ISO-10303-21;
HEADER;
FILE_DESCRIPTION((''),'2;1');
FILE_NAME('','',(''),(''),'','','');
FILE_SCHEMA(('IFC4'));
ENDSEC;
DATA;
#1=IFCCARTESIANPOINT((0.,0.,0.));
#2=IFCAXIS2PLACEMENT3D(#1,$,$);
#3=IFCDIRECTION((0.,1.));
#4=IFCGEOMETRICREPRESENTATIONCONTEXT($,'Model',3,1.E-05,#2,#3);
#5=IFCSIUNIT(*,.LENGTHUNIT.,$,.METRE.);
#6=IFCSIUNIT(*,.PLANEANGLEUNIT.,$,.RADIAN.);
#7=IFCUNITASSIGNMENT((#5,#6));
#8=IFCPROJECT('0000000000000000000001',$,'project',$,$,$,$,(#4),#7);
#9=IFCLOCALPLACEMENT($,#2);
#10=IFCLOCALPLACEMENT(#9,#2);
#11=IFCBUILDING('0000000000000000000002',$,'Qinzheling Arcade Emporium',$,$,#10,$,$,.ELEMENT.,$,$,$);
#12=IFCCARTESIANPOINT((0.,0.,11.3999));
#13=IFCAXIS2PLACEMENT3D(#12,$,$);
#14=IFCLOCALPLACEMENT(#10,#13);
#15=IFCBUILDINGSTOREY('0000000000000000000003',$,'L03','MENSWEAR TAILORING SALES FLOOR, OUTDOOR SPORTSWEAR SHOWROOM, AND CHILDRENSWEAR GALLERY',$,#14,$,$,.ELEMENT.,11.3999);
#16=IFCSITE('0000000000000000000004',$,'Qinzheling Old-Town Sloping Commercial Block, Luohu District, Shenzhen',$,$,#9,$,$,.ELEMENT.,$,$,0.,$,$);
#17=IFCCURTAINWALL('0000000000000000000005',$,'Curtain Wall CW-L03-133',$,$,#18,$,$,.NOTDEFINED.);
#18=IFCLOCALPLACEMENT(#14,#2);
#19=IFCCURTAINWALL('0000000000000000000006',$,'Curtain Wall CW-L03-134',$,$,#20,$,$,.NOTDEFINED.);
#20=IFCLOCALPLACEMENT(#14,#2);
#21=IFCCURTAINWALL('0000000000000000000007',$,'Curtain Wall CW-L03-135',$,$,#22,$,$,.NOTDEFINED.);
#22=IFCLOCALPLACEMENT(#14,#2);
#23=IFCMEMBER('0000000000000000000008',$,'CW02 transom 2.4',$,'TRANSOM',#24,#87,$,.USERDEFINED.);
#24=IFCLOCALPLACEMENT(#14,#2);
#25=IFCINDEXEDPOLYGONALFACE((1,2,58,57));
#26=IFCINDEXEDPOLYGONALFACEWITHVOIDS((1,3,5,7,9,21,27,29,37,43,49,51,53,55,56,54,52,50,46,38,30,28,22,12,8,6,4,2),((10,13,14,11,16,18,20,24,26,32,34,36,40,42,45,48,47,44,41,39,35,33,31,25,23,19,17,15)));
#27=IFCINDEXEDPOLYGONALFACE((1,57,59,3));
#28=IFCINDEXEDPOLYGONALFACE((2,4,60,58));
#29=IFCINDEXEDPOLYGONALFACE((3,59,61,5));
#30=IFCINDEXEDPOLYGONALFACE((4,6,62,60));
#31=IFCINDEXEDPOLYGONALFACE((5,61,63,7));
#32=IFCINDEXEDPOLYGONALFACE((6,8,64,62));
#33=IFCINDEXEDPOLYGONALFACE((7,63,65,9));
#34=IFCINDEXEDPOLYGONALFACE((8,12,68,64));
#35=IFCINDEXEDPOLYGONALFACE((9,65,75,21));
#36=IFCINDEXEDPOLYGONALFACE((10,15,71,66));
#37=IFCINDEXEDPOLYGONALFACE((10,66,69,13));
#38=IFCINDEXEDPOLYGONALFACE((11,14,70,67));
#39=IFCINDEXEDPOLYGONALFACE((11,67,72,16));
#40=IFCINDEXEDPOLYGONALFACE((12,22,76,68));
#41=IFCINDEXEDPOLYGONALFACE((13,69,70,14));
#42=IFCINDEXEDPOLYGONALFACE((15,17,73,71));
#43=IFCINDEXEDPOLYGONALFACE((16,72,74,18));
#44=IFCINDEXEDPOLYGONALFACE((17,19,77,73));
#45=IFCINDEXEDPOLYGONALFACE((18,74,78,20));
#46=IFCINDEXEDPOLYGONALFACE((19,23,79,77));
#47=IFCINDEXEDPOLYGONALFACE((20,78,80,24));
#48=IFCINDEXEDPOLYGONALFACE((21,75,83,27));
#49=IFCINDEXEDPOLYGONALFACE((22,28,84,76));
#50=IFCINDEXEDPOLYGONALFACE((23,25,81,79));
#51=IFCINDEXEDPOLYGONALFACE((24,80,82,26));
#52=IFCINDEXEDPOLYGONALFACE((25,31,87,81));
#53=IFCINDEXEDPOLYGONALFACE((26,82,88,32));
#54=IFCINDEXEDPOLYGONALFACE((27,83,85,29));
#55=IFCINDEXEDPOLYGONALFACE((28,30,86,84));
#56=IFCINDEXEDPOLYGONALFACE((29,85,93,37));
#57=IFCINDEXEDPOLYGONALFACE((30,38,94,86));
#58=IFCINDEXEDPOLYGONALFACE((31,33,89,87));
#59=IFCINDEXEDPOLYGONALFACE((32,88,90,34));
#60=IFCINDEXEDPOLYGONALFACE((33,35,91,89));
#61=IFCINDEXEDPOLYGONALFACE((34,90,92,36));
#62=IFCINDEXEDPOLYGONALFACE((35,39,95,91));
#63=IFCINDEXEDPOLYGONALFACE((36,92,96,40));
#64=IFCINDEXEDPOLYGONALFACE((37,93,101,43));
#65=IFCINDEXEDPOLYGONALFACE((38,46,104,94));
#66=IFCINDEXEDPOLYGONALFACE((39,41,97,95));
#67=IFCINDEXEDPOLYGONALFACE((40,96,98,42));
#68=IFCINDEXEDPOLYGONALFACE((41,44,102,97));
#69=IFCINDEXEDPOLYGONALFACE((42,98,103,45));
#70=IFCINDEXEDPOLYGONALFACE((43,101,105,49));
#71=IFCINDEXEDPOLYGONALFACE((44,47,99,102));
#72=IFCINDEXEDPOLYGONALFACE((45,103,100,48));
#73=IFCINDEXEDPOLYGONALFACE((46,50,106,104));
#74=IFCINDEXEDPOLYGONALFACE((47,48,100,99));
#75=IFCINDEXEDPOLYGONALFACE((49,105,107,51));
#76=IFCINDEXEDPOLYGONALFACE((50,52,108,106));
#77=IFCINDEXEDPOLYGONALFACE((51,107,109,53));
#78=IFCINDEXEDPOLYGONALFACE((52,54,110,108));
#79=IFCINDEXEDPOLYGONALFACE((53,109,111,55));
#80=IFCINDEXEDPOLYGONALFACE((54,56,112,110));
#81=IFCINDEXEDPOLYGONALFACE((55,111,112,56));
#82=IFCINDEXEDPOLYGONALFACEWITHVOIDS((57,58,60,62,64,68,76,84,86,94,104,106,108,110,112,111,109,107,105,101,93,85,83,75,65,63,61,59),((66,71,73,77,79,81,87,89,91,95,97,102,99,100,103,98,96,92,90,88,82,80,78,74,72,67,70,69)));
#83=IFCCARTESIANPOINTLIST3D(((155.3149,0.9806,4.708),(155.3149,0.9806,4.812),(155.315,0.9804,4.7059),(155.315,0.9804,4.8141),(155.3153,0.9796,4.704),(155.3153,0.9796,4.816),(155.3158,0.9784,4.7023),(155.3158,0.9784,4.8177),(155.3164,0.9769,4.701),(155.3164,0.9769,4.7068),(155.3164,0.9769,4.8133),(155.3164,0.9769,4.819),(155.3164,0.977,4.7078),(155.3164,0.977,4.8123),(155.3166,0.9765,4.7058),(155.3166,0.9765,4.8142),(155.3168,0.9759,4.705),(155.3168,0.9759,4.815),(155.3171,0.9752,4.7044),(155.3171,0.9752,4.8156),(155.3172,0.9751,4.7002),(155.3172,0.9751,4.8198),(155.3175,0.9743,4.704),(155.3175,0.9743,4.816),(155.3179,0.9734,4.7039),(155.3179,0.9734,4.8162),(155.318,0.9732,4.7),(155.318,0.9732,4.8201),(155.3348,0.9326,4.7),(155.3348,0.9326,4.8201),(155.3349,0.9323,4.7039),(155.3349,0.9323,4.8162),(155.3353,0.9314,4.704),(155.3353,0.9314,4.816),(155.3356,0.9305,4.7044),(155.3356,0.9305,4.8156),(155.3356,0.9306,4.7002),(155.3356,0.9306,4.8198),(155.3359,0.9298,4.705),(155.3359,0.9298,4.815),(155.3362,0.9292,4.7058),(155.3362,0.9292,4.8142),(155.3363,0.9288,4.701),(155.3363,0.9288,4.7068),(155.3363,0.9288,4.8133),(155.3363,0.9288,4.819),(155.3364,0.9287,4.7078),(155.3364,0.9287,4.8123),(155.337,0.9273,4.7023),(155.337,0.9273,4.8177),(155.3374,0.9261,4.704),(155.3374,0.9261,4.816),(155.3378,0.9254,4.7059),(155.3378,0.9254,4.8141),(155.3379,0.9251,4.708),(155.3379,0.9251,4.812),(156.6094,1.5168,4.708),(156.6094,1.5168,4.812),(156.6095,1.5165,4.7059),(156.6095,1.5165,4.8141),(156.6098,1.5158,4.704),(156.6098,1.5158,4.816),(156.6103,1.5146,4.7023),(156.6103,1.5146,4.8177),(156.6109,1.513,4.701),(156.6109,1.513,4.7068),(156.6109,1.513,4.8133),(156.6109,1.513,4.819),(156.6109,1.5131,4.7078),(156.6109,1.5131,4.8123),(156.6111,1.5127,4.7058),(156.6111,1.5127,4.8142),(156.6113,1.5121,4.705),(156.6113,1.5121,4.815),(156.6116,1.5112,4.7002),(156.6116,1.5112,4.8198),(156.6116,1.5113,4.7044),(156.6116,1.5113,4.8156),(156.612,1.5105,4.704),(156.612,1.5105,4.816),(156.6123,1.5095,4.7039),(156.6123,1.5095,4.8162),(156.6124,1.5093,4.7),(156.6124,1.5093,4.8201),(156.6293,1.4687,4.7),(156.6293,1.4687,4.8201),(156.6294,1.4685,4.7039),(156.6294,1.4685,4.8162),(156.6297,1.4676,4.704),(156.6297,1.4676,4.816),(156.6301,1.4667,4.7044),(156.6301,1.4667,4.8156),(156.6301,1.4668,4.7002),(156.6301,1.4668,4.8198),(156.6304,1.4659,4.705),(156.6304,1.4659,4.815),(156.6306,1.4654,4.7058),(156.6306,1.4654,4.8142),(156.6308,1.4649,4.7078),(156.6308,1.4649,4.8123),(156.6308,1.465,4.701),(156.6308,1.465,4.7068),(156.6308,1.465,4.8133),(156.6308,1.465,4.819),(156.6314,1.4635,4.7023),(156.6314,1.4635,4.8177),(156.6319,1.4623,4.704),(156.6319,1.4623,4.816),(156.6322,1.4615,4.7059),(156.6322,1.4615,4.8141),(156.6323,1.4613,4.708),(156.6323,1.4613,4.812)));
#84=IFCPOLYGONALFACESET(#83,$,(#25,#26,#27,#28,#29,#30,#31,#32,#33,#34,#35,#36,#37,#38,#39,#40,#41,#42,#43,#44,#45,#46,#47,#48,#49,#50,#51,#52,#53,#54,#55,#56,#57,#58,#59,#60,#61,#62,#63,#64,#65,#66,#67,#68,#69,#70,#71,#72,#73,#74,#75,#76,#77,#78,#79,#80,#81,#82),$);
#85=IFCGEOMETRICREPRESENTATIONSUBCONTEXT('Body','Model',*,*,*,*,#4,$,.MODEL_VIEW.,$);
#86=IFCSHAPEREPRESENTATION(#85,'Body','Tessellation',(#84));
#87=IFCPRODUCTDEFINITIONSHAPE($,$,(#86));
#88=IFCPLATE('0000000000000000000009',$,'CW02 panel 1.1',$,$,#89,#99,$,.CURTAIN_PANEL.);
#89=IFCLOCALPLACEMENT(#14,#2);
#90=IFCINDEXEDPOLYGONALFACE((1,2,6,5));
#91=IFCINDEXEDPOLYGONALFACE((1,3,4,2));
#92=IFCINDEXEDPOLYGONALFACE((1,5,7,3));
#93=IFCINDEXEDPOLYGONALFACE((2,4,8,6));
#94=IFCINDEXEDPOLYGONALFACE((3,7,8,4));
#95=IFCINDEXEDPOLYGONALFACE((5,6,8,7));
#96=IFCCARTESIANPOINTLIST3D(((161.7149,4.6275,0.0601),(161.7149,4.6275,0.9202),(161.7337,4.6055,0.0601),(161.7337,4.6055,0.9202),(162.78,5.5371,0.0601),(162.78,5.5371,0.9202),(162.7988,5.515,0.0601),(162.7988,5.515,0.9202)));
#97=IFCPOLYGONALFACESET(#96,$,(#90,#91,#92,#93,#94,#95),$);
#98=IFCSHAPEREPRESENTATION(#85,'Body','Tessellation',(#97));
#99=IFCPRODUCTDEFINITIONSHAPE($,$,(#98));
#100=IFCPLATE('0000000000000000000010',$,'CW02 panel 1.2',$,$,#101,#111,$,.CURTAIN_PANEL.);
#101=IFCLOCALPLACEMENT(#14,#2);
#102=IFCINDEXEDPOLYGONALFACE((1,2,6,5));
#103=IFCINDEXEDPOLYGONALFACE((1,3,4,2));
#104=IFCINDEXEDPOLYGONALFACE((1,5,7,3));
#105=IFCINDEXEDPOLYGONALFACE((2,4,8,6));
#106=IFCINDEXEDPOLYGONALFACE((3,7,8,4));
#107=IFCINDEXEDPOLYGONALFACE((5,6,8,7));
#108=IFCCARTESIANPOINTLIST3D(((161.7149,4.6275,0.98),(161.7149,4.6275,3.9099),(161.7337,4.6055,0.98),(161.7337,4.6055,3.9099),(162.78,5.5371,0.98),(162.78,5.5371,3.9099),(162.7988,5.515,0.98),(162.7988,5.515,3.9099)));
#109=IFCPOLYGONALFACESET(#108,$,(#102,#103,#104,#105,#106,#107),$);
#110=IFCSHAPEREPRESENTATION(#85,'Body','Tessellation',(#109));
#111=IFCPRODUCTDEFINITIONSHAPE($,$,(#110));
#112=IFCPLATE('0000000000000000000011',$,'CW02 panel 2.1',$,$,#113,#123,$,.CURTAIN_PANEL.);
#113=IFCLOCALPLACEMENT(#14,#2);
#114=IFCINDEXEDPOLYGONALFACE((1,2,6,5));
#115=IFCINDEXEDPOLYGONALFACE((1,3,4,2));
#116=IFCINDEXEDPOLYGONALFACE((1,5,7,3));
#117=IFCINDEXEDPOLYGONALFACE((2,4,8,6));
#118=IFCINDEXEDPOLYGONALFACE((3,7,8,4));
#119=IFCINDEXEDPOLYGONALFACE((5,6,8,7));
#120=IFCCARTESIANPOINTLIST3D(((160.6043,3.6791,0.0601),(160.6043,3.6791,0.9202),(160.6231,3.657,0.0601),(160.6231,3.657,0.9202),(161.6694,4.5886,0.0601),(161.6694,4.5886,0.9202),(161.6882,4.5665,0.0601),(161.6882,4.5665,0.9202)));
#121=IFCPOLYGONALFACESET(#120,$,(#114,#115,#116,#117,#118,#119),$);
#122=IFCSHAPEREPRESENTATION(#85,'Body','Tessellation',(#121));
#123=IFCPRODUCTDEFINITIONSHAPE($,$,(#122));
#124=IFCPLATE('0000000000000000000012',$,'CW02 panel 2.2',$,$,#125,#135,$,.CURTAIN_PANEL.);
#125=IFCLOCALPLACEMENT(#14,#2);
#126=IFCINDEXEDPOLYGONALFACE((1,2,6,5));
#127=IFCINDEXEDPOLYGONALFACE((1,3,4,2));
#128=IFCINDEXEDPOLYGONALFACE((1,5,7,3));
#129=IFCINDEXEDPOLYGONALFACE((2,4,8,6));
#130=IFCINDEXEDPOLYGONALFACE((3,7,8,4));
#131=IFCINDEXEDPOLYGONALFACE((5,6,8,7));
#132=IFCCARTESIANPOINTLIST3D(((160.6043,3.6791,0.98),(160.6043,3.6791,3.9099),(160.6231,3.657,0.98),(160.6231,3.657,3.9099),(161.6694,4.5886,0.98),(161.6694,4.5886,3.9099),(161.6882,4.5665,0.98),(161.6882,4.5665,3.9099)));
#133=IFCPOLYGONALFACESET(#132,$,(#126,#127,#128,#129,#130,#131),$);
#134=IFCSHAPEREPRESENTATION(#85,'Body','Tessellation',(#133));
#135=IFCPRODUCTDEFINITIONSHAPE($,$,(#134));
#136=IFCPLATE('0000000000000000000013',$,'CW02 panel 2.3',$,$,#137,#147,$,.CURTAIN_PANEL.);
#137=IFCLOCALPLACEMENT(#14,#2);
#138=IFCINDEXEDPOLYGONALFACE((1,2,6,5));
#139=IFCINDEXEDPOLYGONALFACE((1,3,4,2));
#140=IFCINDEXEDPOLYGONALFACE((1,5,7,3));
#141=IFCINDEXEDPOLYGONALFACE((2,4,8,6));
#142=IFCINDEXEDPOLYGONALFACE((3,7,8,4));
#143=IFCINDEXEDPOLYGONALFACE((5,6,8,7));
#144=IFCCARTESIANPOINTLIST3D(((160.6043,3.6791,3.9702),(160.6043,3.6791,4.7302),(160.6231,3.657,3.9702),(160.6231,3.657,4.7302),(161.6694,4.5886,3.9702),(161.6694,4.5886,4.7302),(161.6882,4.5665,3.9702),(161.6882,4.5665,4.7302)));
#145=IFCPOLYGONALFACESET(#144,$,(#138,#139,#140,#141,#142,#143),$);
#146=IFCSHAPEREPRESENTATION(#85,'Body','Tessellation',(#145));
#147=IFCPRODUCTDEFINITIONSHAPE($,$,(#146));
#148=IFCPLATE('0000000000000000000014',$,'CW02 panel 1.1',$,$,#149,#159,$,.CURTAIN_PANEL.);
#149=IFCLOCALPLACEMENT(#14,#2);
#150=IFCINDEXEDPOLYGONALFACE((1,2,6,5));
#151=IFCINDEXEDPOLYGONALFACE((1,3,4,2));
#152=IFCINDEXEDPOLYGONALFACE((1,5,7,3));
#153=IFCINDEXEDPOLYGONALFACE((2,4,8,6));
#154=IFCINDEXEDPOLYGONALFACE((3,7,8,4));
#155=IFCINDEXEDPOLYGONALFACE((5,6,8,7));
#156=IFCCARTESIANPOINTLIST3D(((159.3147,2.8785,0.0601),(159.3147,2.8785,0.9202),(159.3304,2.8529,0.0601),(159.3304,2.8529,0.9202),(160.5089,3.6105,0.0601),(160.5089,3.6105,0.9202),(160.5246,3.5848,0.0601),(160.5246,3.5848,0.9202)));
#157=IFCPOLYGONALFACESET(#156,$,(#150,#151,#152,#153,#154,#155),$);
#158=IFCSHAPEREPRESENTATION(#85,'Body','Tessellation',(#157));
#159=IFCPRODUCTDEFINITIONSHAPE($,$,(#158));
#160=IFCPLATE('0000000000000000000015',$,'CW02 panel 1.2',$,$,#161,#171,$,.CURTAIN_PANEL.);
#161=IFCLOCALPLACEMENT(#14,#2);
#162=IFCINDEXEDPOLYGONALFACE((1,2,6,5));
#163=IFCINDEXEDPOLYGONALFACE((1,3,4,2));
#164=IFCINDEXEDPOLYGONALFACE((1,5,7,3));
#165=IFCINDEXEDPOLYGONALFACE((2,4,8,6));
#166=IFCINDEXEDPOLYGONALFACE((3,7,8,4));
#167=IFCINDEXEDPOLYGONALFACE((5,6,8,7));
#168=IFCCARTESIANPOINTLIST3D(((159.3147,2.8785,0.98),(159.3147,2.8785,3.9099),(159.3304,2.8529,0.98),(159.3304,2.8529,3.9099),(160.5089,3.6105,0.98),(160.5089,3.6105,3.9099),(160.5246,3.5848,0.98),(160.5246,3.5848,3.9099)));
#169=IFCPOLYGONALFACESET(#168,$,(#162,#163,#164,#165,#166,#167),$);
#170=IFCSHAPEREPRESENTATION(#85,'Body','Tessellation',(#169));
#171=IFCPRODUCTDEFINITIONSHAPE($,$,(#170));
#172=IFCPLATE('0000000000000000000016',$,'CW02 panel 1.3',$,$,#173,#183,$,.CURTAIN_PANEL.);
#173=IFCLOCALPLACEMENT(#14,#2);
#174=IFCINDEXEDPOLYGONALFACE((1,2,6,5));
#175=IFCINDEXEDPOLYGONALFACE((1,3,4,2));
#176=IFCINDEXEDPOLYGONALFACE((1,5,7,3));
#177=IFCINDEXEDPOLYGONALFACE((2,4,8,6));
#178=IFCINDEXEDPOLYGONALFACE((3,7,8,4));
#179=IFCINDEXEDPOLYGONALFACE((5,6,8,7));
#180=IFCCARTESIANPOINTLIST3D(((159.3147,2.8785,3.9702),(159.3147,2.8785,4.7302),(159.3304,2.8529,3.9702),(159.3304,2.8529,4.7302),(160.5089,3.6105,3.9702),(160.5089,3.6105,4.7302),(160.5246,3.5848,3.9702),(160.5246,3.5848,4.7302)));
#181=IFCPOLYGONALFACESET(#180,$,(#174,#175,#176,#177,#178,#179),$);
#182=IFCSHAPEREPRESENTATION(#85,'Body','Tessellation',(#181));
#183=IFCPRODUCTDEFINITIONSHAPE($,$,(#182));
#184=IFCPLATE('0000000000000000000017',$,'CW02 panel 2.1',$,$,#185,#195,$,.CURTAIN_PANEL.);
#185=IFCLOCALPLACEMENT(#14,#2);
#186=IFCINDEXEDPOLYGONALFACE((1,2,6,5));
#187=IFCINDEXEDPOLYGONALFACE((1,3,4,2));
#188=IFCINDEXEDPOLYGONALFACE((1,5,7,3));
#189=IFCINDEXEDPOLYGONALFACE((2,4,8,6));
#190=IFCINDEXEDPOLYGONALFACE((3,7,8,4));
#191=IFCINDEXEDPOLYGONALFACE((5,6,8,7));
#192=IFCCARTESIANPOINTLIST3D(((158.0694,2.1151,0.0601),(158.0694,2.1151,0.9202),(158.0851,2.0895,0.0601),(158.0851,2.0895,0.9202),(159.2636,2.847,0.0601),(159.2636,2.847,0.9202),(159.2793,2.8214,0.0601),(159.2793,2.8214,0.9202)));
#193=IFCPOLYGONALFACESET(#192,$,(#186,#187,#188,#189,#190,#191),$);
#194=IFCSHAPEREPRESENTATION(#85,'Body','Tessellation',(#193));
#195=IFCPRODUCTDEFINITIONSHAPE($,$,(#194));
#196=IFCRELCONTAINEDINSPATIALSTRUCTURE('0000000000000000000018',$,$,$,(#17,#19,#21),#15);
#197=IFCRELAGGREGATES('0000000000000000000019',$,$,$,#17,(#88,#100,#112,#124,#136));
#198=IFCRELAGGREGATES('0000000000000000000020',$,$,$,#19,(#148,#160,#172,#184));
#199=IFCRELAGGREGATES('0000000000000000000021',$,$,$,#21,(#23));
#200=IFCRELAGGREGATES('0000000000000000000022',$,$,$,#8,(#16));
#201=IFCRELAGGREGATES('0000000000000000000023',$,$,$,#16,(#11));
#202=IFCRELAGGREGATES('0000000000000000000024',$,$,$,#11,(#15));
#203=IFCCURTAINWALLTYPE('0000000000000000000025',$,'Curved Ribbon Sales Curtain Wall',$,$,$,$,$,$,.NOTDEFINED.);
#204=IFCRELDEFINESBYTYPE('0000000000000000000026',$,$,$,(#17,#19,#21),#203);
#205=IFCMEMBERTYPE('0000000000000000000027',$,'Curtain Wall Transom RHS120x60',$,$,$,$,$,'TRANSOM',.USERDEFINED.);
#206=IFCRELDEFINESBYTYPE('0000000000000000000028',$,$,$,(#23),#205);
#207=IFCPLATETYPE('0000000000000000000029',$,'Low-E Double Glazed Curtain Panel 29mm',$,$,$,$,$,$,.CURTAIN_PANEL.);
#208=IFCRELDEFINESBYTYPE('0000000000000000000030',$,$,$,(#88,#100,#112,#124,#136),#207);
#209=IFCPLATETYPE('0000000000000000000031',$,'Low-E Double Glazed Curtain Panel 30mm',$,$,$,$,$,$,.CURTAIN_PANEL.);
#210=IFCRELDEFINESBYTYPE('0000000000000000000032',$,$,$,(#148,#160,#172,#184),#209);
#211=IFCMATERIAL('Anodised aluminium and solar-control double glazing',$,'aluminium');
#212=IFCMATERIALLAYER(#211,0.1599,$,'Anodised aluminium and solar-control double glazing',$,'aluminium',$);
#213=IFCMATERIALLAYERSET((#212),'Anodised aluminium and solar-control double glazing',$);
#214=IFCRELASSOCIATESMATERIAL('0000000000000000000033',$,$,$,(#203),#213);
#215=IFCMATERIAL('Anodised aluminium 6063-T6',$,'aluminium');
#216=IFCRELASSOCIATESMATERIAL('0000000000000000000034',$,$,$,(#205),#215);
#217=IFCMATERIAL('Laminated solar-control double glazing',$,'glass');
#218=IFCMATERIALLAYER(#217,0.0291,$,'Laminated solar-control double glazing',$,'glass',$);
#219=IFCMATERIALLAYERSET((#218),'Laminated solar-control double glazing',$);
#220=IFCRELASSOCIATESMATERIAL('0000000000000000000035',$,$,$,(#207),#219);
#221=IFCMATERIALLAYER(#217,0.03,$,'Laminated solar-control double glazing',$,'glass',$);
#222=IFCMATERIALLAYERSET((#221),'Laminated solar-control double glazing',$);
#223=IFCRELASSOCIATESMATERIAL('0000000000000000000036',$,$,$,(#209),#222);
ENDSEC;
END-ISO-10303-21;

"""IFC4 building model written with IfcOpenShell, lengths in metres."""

from ifc_helpers import new_model, si_unit, direction, frame, origin, origin_2d, place, context, subcontext, project, spatial, rectangle, hollow_rectangle, extrude, material, layer, layer_set, material_profile, profile_set, type_object, element, aggregate, save


model = new_model("IFC4")

# Units and contexts
model_context = context("Model", 3, precision=1e-05, world=origin(), true_north=direction((0.0, 1.0)))
body_context = subcontext(model_context, "Body", "Model", "MODEL_VIEW")
ifc_project = project(units=[si_unit("LENGTHUNIT", "METRE"), si_unit("PLANEANGLEUNIT", "RADIAN")], contexts=[model_context])

# Site, building, storey
site_placement = place(None, origin())
site = spatial("IfcSite", under=ifc_project, at=site_placement, Name="Qinzheling Old-Town Sloping Commercial Block, Luohu District, Shenzhen", CompositionType="ELEMENT", RefElevation=0.0)
building_placement = place(site_placement, origin())
building = spatial("IfcBuilding", under=site, at=building_placement, Name="Qinzheling Arcade Emporium", CompositionType="ELEMENT")
storey_placement = place(building_placement, frame((0.0, 0.0, 11.3999)))
storey = spatial("IfcBuildingStorey", under=building, at=storey_placement, Name="L03", Description="MENSWEAR TAILORING SALES FLOOR, OUTDOOR SPORTSWEAR SHOWROOM, AND CHILDRENSWEAR GALLERY", CompositionType="ELEMENT", Elevation=11.3999)

# Curtain walls
ifc_material_1 = material(Name="Anodised aluminium and solar-control double glazing", Category="aluminium")
ifc_layer_1 = layer(ifc_material_1, 0.1599, Name="Anodised aluminium and solar-control double glazing", Category="aluminium")
ifc_layer_set_1 = layer_set([ifc_layer_1], Name="Anodised aluminium and solar-control double glazing")
curtain_wall_type = type_object("IfcCurtainWallType", Name="Curved Ribbon Sales Curtain Wall", PredefinedType="NOTDEFINED", material=ifc_layer_set_1)
curtain_wall_1_placement = place(storey_placement, origin())
curtain_wall_1 = element("IfcCurtainWall", 1, at=curtain_wall_1_placement, inside=storey, type_object=curtain_wall_type, Name="Curtain Wall CW-L03-133", PredefinedType="NOTDEFINED")
ifc_material_2 = material(Name="Anodised aluminium 6063-T6", Category="aluminium")
curtain_wall_2_placement = place(storey_placement, origin())
curtain_wall_2 = element("IfcCurtainWall", 2, at=curtain_wall_2_placement, inside=storey, type_object=curtain_wall_type, Name="Curtain Wall CW-L03-134", PredefinedType="NOTDEFINED")
curtain_wall_3_placement = place(storey_placement, origin())
curtain_wall_3 = element("IfcCurtainWall", 3, at=curtain_wall_3_placement, inside=storey, type_object=curtain_wall_type, Name="Curtain Wall CW-L03-135", PredefinedType="NOTDEFINED")

# Member
ifc_material_profile_1 = material_profile(ifc_material_2, hollow_rectangle(XDim=0.0601, YDim=0.1201, WallThickness=0.0039, InnerFilletRadius=0.0039, OuterFilletRadius=0.0081, at=origin_2d()), Name="RHS 120x60x4", Category="aluminium")
ifc_profile_set_1 = profile_set([ifc_material_profile_1], Name="Anodised aluminium 6063-T6")
member_type_1 = type_object("IfcMemberType", Name="Curtain Wall Transom RHS120x60", ElementType="TRANSOM", PredefinedType="USERDEFINED", material=ifc_profile_set_1)
member_1_placement = place(storey_placement, frame((156.6208, 1.489, 4.76), z_axis=(-0.923889, -0.38266, 0.0), x_axis=(0.38266, -0.923889, 0.0)))
member_1 = element("IfcMember", 4, at=member_1_placement, type_object=member_type_1, Name="CW02 transom 2.4", ObjectType="TRANSOM", PredefinedType="USERDEFINED", context=body_context, shape_type="SweptSolid", body=[
    extrude(hollow_rectangle(XDim=0.0601, YDim=0.1201, WallThickness=0.0039, InnerFilletRadius=0.0039, OuterFilletRadius=0.0081, at=origin_2d()), origin(), (0.0, 0.0, 1.0), 1.4011),
])

# Plates
ifc_material_3 = material(Name="Laminated solar-control double glazing", Category="glass")
ifc_layer_2 = layer(ifc_material_3, 0.0291, Name="Laminated solar-control double glazing", Category="glass")
ifc_layer_set_2 = layer_set([ifc_layer_2], Name="Laminated solar-control double glazing")
plate_type_1 = type_object("IfcPlateType", Name="Low-E Double Glazed Curtain Panel 29mm", PredefinedType="CURTAIN_PANEL", material=ifc_layer_set_2)
plate_1_placement = place(storey_placement, frame((162.2568, 5.0713, 0.0601), z_axis=(0.0, 0.0, 1.0), x_axis=(-0.760439, -0.649409, 0.0)))
plate_1 = element("IfcPlate", 5, at=plate_1_placement, type_object=plate_type_1, Name="CW02 panel 1.1", PredefinedType="CURTAIN_PANEL", context=body_context, shape_type="SweptSolid", body=[
    extrude(rectangle(XDim=1.4006, YDim=0.0291, at=origin_2d()), origin(), (0.0, 0.0, 1.0), 0.8601),
])
plate_2_placement = place(storey_placement, frame((162.2568, 5.0713, 0.98), z_axis=(0.0, 0.0, 1.0), x_axis=(-0.760439, -0.649409, 0.0)))
plate_2 = element("IfcPlate", 6, at=plate_2_placement, type_object=plate_type_1, Name="CW02 panel 1.2", PredefinedType="CURTAIN_PANEL", context=body_context, shape_type="SweptSolid", body=[
    extrude(rectangle(XDim=1.4006, YDim=0.0291, at=origin_2d()), origin(), (0.0, 0.0, 1.0), 2.9299),
])
plate_3_placement = place(storey_placement, frame((161.1462, 4.1228, 0.0601), z_axis=(0.0, 0.0, 1.0), x_axis=(-0.760439, -0.649409, 0.0)))
plate_3 = element("IfcPlate", 7, at=plate_3_placement, type_object=plate_type_1, Name="CW02 panel 2.1", PredefinedType="CURTAIN_PANEL", context=body_context, shape_type="SweptSolid", body=[
    extrude(rectangle(XDim=1.4006, YDim=0.0291, at=origin_2d()), origin(), (0.0, 0.0, 1.0), 0.8601),
])
plate_4_placement = place(storey_placement, frame((161.1462, 4.1228, 0.98), z_axis=(0.0, 0.0, 1.0), x_axis=(-0.760439, -0.649409, 0.0)))
plate_4 = element("IfcPlate", 8, at=plate_4_placement, type_object=plate_type_1, Name="CW02 panel 2.2", PredefinedType="CURTAIN_PANEL", context=body_context, shape_type="SweptSolid", body=[
    extrude(rectangle(XDim=1.4006, YDim=0.0291, at=origin_2d()), origin(), (0.0, 0.0, 1.0), 2.9299),
])
plate_5_placement = place(storey_placement, frame((161.1462, 4.1228, 3.9702), z_axis=(0.0, 0.0, 1.0), x_axis=(-0.760439, -0.649409, 0.0)))
plate_5 = element("IfcPlate", 9, at=plate_5_placement, type_object=plate_type_1, Name="CW02 panel 2.3", PredefinedType="CURTAIN_PANEL", context=body_context, shape_type="SweptSolid", body=[
    extrude(rectangle(XDim=1.4006, YDim=0.0291, at=origin_2d()), origin(), (0.0, 0.0, 1.0), 0.76),
])
aggregate(curtain_wall_1, [plate_1, plate_2, plate_3, plate_4, plate_5])
ifc_layer_3 = layer(ifc_material_3, 0.03, Name="Laminated solar-control double glazing", Category="glass")
ifc_layer_set_3 = layer_set([ifc_layer_3], Name="Laminated solar-control double glazing")
plate_type_2 = type_object("IfcPlateType", Name="Low-E Double Glazed Curtain Panel 30mm", PredefinedType="CURTAIN_PANEL", material=ifc_layer_set_3)
plate_6_placement = place(storey_placement, frame((159.9197, 3.2317, 0.0601), z_axis=(0.0, 0.0, 1.0), x_axis=(-0.852601, -0.522562, 0.0)))
plate_6 = element("IfcPlate", 10, at=plate_6_placement, type_object=plate_type_2, Name="CW02 panel 1.1", PredefinedType="CURTAIN_PANEL", context=body_context, shape_type="SweptSolid", body=[
    extrude(rectangle(XDim=1.4006, YDim=0.03, at=origin_2d()), origin(), (0.0, 0.0, 1.0), 0.8601),
])
plate_7_placement = place(storey_placement, frame((159.9197, 3.2317, 0.98), z_axis=(0.0, 0.0, 1.0), x_axis=(-0.852601, -0.522562, 0.0)))
plate_7 = element("IfcPlate", 11, at=plate_7_placement, type_object=plate_type_2, Name="CW02 panel 1.2", PredefinedType="CURTAIN_PANEL", context=body_context, shape_type="SweptSolid", body=[
    extrude(rectangle(XDim=1.4006, YDim=0.03, at=origin_2d()), origin(), (0.0, 0.0, 1.0), 2.9299),
])
plate_8_placement = place(storey_placement, frame((159.9197, 3.2317, 3.9702), z_axis=(0.0, 0.0, 1.0), x_axis=(-0.852601, -0.522562, 0.0)))
plate_8 = element("IfcPlate", 12, at=plate_8_placement, type_object=plate_type_2, Name="CW02 panel 1.3", PredefinedType="CURTAIN_PANEL", context=body_context, shape_type="SweptSolid", body=[
    extrude(rectangle(XDim=1.4006, YDim=0.03, at=origin_2d()), origin(), (0.0, 0.0, 1.0), 0.76),
])
plate_9_placement = place(storey_placement, frame((158.6743, 2.4683, 0.0601), z_axis=(0.0, 0.0, 1.0), x_axis=(-0.852601, -0.522562, 0.0)))
plate_9 = element("IfcPlate", 13, at=plate_9_placement, type_object=plate_type_2, Name="CW02 panel 2.1", PredefinedType="CURTAIN_PANEL", context=body_context, shape_type="SweptSolid", body=[
    extrude(rectangle(XDim=1.4006, YDim=0.03, at=origin_2d()), origin(), (0.0, 0.0, 1.0), 0.8601),
])
aggregate(curtain_wall_2, [plate_6, plate_7, plate_8, plate_9])
aggregate(curtain_wall_3, [member_1])

save(model, "model.ifc")
